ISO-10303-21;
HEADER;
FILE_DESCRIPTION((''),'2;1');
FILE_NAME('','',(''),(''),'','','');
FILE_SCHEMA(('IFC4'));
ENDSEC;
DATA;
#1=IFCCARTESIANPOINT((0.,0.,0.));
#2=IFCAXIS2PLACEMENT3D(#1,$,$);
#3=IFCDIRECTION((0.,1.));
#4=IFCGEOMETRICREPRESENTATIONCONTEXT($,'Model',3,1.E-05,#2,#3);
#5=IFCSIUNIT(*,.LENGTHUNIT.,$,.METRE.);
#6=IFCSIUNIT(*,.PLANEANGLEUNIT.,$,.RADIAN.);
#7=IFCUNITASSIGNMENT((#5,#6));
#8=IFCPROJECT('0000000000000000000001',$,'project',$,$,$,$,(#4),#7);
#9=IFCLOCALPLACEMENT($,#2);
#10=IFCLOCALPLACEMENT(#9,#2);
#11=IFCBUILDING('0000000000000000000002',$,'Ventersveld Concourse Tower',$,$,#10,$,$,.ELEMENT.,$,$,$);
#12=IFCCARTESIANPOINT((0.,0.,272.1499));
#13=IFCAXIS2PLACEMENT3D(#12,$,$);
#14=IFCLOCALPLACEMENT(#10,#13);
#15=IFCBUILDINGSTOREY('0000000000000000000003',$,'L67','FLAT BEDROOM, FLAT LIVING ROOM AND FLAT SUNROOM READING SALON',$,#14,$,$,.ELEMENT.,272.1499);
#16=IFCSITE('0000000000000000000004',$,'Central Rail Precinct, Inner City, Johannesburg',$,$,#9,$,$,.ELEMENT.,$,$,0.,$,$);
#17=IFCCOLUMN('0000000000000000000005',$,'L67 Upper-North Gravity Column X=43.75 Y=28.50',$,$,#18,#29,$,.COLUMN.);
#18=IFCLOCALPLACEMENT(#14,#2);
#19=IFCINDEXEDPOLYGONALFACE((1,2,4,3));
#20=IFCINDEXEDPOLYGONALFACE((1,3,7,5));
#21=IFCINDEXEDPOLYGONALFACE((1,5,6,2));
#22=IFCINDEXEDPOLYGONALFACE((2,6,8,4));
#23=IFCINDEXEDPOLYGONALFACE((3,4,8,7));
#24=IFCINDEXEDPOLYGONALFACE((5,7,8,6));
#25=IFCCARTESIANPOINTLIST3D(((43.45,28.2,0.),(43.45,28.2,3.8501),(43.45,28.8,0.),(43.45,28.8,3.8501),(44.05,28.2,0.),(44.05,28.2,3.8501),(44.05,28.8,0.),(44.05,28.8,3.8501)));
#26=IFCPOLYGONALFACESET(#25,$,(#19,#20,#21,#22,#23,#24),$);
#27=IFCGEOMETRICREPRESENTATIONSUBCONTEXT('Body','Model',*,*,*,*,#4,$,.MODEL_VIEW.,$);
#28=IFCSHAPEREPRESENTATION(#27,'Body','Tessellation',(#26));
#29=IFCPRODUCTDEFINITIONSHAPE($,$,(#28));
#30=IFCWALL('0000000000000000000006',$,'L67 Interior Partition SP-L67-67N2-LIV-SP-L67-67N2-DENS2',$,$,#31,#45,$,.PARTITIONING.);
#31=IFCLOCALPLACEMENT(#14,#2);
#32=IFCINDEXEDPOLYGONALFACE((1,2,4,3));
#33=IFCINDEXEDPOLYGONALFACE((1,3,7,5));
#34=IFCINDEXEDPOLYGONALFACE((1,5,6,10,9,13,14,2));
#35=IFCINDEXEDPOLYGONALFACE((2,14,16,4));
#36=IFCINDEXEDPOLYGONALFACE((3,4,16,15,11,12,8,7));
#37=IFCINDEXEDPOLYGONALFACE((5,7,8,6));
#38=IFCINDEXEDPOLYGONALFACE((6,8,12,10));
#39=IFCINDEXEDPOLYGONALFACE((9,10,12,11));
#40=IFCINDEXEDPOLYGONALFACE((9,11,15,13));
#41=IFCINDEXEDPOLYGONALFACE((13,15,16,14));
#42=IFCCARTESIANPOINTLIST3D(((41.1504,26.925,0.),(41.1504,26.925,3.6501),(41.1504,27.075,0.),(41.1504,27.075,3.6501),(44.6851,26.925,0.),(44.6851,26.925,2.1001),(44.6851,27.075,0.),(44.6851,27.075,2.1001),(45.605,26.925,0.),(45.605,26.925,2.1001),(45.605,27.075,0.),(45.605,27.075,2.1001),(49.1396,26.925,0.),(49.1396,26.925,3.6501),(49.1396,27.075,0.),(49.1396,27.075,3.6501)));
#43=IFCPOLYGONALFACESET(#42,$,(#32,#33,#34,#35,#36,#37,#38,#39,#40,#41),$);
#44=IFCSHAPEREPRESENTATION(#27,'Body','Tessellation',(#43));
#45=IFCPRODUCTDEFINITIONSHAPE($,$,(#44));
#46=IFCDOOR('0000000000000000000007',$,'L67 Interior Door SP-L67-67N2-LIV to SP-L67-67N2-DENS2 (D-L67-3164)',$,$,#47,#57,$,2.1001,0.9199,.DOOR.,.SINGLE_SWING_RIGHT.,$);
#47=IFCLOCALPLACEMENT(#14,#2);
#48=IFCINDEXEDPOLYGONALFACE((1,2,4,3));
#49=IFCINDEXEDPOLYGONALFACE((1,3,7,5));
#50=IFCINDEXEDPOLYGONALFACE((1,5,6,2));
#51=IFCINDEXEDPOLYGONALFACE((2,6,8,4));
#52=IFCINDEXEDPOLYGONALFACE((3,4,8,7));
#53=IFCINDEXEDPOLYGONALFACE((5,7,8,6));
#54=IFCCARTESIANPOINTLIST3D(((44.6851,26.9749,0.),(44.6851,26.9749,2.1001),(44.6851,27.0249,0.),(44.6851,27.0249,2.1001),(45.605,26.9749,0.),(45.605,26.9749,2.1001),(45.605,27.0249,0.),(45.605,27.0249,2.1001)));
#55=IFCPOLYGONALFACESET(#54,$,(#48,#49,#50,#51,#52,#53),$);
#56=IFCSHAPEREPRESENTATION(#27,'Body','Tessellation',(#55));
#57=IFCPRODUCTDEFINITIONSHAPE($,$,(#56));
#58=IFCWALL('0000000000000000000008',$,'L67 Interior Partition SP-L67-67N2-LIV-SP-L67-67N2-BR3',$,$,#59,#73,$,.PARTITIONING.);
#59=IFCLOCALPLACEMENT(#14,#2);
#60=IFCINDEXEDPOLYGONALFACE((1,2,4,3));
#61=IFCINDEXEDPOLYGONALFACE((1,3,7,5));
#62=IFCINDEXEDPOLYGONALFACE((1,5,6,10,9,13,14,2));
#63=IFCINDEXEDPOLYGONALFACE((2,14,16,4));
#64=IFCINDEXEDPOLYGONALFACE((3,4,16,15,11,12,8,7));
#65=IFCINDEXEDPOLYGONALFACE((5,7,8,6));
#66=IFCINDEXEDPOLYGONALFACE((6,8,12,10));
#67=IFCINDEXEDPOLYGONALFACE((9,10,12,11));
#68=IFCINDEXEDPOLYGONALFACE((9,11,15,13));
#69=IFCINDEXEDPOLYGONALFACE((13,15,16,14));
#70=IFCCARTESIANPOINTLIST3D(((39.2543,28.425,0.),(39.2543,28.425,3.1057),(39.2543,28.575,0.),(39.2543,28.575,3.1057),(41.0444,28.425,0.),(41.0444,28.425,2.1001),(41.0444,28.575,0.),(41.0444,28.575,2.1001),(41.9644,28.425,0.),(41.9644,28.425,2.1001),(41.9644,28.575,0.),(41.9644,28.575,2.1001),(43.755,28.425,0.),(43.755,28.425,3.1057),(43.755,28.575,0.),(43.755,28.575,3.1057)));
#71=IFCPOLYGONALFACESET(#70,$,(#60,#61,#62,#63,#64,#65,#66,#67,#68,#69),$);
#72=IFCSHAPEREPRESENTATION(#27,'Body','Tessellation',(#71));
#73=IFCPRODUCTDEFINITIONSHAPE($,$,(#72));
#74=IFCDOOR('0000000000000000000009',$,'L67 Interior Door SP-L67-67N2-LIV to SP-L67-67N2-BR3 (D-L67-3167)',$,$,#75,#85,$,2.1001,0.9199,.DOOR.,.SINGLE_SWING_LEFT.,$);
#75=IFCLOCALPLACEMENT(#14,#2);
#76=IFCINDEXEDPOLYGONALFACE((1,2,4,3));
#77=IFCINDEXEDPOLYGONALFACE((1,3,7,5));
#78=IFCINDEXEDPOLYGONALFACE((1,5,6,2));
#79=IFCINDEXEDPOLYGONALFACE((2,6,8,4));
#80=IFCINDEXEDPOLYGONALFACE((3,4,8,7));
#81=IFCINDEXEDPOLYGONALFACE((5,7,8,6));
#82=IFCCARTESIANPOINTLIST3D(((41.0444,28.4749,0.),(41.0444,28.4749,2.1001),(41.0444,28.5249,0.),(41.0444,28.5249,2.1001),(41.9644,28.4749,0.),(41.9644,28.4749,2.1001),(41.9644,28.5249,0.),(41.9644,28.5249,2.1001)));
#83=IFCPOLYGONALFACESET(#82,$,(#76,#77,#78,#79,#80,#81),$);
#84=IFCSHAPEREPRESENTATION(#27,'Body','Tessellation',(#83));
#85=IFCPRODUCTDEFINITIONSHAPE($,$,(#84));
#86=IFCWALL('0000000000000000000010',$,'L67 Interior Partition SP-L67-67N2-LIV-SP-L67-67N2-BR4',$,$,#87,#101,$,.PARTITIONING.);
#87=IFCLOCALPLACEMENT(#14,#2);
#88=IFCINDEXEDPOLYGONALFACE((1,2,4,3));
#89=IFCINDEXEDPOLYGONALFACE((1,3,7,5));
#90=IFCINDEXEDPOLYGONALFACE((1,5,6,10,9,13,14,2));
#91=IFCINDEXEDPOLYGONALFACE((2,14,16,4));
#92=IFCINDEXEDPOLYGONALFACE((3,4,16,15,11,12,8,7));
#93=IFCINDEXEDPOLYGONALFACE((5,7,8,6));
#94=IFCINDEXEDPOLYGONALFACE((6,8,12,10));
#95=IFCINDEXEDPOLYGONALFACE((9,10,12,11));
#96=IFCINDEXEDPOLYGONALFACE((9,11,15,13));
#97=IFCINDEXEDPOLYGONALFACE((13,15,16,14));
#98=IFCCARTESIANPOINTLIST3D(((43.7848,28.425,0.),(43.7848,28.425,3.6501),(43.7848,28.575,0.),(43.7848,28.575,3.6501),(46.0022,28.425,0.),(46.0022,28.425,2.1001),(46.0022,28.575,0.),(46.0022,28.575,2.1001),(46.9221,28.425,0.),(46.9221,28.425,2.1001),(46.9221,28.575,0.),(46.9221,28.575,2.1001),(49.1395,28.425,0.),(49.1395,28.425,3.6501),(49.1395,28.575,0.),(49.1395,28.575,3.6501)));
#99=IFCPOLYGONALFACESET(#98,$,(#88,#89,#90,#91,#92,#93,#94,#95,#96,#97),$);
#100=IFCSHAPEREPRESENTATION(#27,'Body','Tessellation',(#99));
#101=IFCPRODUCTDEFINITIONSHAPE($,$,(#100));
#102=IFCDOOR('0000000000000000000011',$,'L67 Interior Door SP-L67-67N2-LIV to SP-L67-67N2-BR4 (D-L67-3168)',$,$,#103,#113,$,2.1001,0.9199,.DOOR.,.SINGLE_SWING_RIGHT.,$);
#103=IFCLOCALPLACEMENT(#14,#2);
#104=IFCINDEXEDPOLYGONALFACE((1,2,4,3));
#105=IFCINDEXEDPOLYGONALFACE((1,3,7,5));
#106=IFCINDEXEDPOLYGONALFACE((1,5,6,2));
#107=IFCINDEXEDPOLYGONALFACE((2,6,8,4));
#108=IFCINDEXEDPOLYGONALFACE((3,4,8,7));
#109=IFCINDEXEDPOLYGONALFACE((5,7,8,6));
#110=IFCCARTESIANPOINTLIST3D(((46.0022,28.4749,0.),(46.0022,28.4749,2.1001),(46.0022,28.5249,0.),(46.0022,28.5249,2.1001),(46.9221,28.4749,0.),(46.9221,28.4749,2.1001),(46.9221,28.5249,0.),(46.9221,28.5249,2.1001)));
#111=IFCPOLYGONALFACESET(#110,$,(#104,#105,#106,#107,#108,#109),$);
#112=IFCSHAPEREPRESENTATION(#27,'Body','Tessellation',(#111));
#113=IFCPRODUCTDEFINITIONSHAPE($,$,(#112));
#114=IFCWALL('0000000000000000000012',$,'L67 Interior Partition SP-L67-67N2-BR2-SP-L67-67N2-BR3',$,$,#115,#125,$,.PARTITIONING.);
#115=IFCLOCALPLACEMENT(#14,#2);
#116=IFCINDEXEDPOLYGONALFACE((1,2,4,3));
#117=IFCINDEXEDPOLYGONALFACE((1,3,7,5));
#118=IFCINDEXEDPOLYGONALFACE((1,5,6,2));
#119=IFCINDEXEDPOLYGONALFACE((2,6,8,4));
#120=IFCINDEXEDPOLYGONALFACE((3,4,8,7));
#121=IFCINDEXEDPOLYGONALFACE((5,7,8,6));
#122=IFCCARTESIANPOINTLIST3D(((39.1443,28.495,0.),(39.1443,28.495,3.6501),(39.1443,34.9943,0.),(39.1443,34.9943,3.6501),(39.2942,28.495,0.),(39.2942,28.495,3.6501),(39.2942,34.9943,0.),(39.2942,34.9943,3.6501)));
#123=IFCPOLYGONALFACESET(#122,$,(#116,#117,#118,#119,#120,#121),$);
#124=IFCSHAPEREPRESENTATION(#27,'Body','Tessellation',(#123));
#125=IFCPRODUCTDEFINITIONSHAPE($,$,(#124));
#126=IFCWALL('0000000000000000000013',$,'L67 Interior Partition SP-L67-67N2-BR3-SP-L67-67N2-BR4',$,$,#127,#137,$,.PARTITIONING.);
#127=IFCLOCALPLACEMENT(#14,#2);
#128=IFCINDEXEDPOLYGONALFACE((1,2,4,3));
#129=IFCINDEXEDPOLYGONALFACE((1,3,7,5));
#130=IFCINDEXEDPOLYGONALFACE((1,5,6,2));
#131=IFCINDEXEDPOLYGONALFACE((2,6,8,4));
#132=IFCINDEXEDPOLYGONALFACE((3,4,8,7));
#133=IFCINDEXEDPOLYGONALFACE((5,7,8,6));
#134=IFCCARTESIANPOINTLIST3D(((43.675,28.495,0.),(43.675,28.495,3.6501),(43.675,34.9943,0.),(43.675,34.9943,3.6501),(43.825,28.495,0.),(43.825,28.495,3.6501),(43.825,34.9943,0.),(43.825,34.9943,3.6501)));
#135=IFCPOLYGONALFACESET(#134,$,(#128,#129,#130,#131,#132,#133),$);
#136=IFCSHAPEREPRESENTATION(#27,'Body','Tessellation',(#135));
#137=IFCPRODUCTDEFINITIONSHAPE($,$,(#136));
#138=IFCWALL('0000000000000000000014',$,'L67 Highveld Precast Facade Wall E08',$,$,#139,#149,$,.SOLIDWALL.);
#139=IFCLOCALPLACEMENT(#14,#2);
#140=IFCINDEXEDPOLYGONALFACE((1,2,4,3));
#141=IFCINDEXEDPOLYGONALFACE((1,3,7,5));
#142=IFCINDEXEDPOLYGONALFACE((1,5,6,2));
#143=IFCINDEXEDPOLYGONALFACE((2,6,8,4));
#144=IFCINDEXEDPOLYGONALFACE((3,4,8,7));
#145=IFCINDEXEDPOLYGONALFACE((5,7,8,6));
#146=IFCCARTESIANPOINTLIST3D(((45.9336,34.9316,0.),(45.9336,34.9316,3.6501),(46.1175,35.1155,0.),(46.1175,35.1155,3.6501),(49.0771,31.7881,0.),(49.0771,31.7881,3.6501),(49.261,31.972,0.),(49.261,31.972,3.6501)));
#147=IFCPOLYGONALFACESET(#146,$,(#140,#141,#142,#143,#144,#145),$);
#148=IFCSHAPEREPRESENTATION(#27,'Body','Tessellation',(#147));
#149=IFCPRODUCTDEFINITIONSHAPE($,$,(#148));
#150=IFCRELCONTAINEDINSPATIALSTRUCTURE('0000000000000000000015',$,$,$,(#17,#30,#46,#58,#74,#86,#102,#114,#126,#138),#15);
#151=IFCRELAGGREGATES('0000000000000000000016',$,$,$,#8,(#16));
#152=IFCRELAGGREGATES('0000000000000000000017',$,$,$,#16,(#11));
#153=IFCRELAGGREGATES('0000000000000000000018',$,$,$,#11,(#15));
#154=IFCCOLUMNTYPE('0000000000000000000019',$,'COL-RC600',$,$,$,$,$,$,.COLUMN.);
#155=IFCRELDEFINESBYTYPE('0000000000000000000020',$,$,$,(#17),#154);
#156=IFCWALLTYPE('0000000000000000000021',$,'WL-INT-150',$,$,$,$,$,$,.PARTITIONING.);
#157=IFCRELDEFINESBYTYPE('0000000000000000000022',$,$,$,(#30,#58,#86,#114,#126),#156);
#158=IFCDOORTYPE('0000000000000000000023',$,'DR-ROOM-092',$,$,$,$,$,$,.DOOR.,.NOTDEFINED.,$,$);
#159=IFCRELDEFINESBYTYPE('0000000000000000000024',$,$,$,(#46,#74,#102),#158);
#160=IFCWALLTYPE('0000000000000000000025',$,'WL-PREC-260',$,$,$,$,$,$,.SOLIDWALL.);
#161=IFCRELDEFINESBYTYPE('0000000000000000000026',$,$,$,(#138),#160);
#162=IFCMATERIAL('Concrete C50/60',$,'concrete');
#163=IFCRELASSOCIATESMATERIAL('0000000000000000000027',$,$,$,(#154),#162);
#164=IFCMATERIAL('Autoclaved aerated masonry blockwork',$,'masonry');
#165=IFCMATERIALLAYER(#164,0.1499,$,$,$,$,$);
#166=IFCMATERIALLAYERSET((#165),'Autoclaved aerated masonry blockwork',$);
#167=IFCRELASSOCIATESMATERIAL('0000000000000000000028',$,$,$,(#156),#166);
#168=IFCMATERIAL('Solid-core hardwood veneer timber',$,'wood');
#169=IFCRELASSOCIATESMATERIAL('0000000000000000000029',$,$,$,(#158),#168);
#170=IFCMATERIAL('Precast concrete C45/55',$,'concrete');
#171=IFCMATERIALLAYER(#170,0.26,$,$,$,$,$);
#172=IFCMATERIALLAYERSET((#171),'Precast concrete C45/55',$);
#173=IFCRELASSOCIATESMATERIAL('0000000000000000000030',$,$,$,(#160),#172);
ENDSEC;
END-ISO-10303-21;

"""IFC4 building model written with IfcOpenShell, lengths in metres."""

from ifc_helpers import new_model, si_unit, direction, frame, frame_2d, origin, origin_2d, place, context, subcontext, project, spatial, rectangle, extrude, material, layer, layer_set, material_profile, profile_set, type_object, element, fill, save


model = new_model("IFC4")

# Units and contexts
model_context = context("Model", 3, precision=1e-05, world=origin(), true_north=direction((0.0, 1.0)))
body_context = subcontext(model_context, "Body", "Model", "MODEL_VIEW")
ifc_project = project(units=[si_unit("LENGTHUNIT", "METRE"), si_unit("PLANEANGLEUNIT", "RADIAN")], contexts=[model_context])

# Site, building, storey
site_placement = place(None, origin())
site = spatial("IfcSite", under=ifc_project, at=site_placement, Name="Central Rail Precinct, Inner City, Johannesburg", CompositionType="ELEMENT", RefElevation=0.0)
building_placement = place(site_placement, origin())
building = spatial("IfcBuilding", under=site, at=building_placement, Name="Ventersveld Concourse Tower", CompositionType="ELEMENT")
storey_placement = place(building_placement, frame((0.0, 0.0, 272.1499)))
storey = spatial("IfcBuildingStorey", under=building, at=storey_placement, Name="L67", Description="FLAT BEDROOM, FLAT LIVING ROOM AND FLAT SUNROOM READING SALON", CompositionType="ELEMENT", Elevation=272.1499)

# Column
ifc_material_1 = material(Name="Concrete C50/60", Category="concrete")
ifc_material_profile = material_profile(ifc_material_1, rectangle(XDim=0.6001, YDim=0.6001, at=origin_2d()), Name="RC 600x600")
ifc_profile_set = profile_set([ifc_material_profile], Name="Concrete C50/60")
column_type = type_object("IfcColumnType", Name="COL-RC600", PredefinedType="COLUMN", material=ifc_profile_set)
column_placement = place(storey_placement, frame((43.75, 28.5, 0.0), z_axis=(0.0, 0.0, 1.0), x_axis=(1.0, 0.0, 0.0)))
element("IfcColumn", 1, at=column_placement, inside=storey, type_object=column_type, Name="L67 Upper-North Gravity Column X=43.75 Y=28.50", PredefinedType="COLUMN", context=body_context, shape_type="SweptSolid", body=[
    extrude(rectangle(XDim=0.6001, YDim=0.6001, at=origin_2d()), origin(), (0.0, 0.0, 1.0), 3.8501),
])

# Walls, openings, doors
ifc_material_2 = material(Name="Autoclaved aerated masonry blockwork", Category="masonry")
ifc_layer_1 = layer(ifc_material_2, 0.1499)
ifc_layer_set_1 = layer_set([ifc_layer_1], Name="Autoclaved aerated masonry blockwork")
wall_type_1 = type_object("IfcWallType", Name="WL-INT-150", PredefinedType="PARTITIONING", material=ifc_layer_set_1)
wall_1_placement = place(storey_placement, frame((41.1504, 27.0, 0.0), z_axis=(0.0, 0.0, 1.0), x_axis=(1.0, 0.0, 0.0)))
wall_1 = element("IfcWall", 2, at=wall_1_placement, inside=storey, type_object=wall_type_1, Name="L67 Interior Partition SP-L67-67N2-LIV-SP-L67-67N2-DENS2", PredefinedType="PARTITIONING", context=body_context, shape_type="SweptSolid", body=[
    extrude(rectangle(XDim=7.9893, YDim=0.1499, at=frame_2d((3.9946, 0.0))), origin(), (0.0, 0.0, 1.0), 3.6501),
])
opening_1_placement = place(wall_1_placement, frame((3.5347, 0.0, 0.0)))
opening_1 = element("IfcOpeningElement", 3, at=opening_1_placement, cuts=wall_1, PredefinedType="OPENING", context=body_context, shape_type="SweptSolid", body=[
    extrude(rectangle(XDim=0.9199, YDim=2.1001, at=frame_2d((0.46, 1.05))), frame((0.0, 0.085, 0.0), z_axis=(0.0, -1.0, 0.0), x_axis=(1.0, 0.0, 0.0)), (0.0, 0.0, 1.0), 0.1699),
])
ifc_material_3 = material(Name="Solid-core hardwood veneer timber", Category="wood")
door_type = type_object("IfcDoorType", Name="DR-ROOM-092", OperationType="NOTDEFINED", PredefinedType="DOOR", material=ifc_material_3)
door_1_placement = place(opening_1_placement, origin())
door_1 = element("IfcDoor", 4, at=door_1_placement, inside=storey, type_object=door_type, Name="L67 Interior Door SP-L67-67N2-LIV to SP-L67-67N2-DENS2 (D-L67-3164)", OperationType="SINGLE_SWING_RIGHT", OverallHeight=2.1001, OverallWidth=0.9199, PredefinedType="DOOR", context=body_context, shape_type="SweptSolid", body=[
    extrude(rectangle(XDim=0.9199, YDim=2.1001, at=frame_2d((0.46, 1.05))), frame((0.0, 0.0249, 0.0), z_axis=(0.0, -1.0, 0.0), x_axis=(1.0, 0.0, 0.0)), (0.0, 0.0, 1.0), 0.05),
])
fill(opening_1, door_1)
wall_2_placement = place(storey_placement, frame((39.2542, 28.5, 0.0), z_axis=(0.0, 0.0, 1.0), x_axis=(1.0, 0.0, 0.0)))
wall_2 = element("IfcWall", 5, at=wall_2_placement, inside=storey, type_object=wall_type_1, Name="L67 Interior Partition SP-L67-67N2-LIV-SP-L67-67N2-BR3", PredefinedType="PARTITIONING", context=body_context, shape_type="SweptSolid", body=[
    extrude(rectangle(XDim=4.5007, YDim=0.1499, at=frame_2d((2.2505, 0.0))), origin(), (0.0, 0.0, 1.0), 3.1057),
])
opening_2_placement = place(wall_2_placement, frame((1.7903, 0.0, 0.0)))
opening_2 = element("IfcOpeningElement", 6, at=opening_2_placement, cuts=wall_2, PredefinedType="OPENING", context=body_context, shape_type="SweptSolid", body=[
    extrude(rectangle(XDim=0.9199, YDim=2.1001, at=frame_2d((0.46, 1.05))), frame((0.0, 0.085, 0.0), z_axis=(0.0, -1.0, 0.0), x_axis=(1.0, 0.0, 0.0)), (0.0, 0.0, 1.0), 0.1699),
])
door_2_placement = place(opening_2_placement, origin())
door_2 = element("IfcDoor", 7, at=door_2_placement, inside=storey, type_object=door_type, Name="L67 Interior Door SP-L67-67N2-LIV to SP-L67-67N2-BR3 (D-L67-3167)", OperationType="SINGLE_SWING_LEFT", OverallHeight=2.1001, OverallWidth=0.9199, PredefinedType="DOOR", context=body_context, shape_type="SweptSolid", body=[
    extrude(rectangle(XDim=0.9199, YDim=2.1001, at=frame_2d((0.46, 1.05))), frame((0.0, 0.0249, 0.0), z_axis=(0.0, -1.0, 0.0), x_axis=(1.0, 0.0, 0.0)), (0.0, 0.0, 1.0), 0.05),
])
fill(opening_2, door_2)
wall_3_placement = place(storey_placement, frame((43.7849, 28.5, 0.0), z_axis=(0.0, 0.0, 1.0), x_axis=(1.0, 0.0, 0.0)))
wall_3 = element("IfcWall", 8, at=wall_3_placement, inside=storey, type_object=wall_type_1, Name="L67 Interior Partition SP-L67-67N2-LIV-SP-L67-67N2-BR4", PredefinedType="PARTITIONING", context=body_context, shape_type="SweptSolid", body=[
    extrude(rectangle(XDim=5.3547, YDim=0.1499, at=frame_2d((2.6772, 0.0))), origin(), (0.0, 0.0, 1.0), 3.6501),
])
opening_3_placement = place(wall_3_placement, frame((2.2173, 0.0, 0.0)))
opening_3 = element("IfcOpeningElement", 9, at=opening_3_placement, cuts=wall_3, PredefinedType="OPENING", context=body_context, shape_type="SweptSolid", body=[
    extrude(rectangle(XDim=0.9199, YDim=2.1001, at=frame_2d((0.46, 1.05))), frame((0.0, 0.085, 0.0), z_axis=(0.0, -1.0, 0.0), x_axis=(1.0, 0.0, 0.0)), (0.0, 0.0, 1.0), 0.1699),
])
door_3_placement = place(opening_3_placement, origin())
door_3 = element("IfcDoor", 10, at=door_3_placement, inside=storey, type_object=door_type, Name="L67 Interior Door SP-L67-67N2-LIV to SP-L67-67N2-BR4 (D-L67-3168)", OperationType="SINGLE_SWING_RIGHT", OverallHeight=2.1001, OverallWidth=0.9199, PredefinedType="DOOR", context=body_context, shape_type="SweptSolid", body=[
    extrude(rectangle(XDim=0.9199, YDim=2.1001, at=frame_2d((0.46, 1.05))), frame((0.0, 0.0249, 0.0), z_axis=(0.0, -1.0, 0.0), x_axis=(1.0, 0.0, 0.0)), (0.0, 0.0, 1.0), 0.05),
])
fill(opening_3, door_3)

# Walls
for number, where, z_axis, x_axis, name in (
    (11, (39.2192, 28.4951, 0.0), (0.0, 0.0, 1.0), (0.0, 1.0, 0.0), "L67 Interior Partition SP-L67-67N2-BR2-SP-L67-67N2-BR3"),
    (12, (43.75, 28.4951, 0.0), (0.0, 0.0, 1.0), (0.0, 1.0, 0.0), "L67 Interior Partition SP-L67-67N2-BR3-SP-L67-67N2-BR4"),
):
    element("IfcWall", number, at=place(storey_placement, frame(where, z_axis=z_axis, x_axis=x_axis)), inside=storey, type_object=wall_type_1, Name=name, PredefinedType="PARTITIONING", context=body_context, shape_type="SweptSolid", body=[
        extrude(rectangle(XDim=6.4993, YDim=0.1499, at=frame_2d((3.2495, 0.0))), origin(), (0.0, 0.0, 1.0), 3.6501),
    ])
ifc_material_4 = material(Name="Precast concrete C45/55", Category="concrete")
ifc_layer_2 = layer(ifc_material_4, 0.26)
ifc_layer_set_2 = layer_set([ifc_layer_2], Name="Precast concrete C45/55")
wall_type_2 = type_object("IfcWallType", Name="WL-PREC-260", PredefinedType="SOLIDWALL", material=ifc_layer_set_2)
wall_4_placement = place(storey_placement, frame((49.1689, 31.8801, 0.0), z_axis=(0.0, 0.0, 1.0), x_axis=(-0.707107, 0.707107, 0.0)))
element("IfcWall", 13, at=wall_4_placement, inside=storey, type_object=wall_type_2, Name="L67 Highveld Precast Facade Wall E08", PredefinedType="SOLIDWALL", context=body_context, shape_type="SweptSolid", body=[
    extrude(rectangle(XDim=4.4456, YDim=0.26, at=frame_2d((2.2227, 0.0))), origin(), (0.0, 0.0, 1.0), 3.6501),
])

save(model, "model.ifc")
